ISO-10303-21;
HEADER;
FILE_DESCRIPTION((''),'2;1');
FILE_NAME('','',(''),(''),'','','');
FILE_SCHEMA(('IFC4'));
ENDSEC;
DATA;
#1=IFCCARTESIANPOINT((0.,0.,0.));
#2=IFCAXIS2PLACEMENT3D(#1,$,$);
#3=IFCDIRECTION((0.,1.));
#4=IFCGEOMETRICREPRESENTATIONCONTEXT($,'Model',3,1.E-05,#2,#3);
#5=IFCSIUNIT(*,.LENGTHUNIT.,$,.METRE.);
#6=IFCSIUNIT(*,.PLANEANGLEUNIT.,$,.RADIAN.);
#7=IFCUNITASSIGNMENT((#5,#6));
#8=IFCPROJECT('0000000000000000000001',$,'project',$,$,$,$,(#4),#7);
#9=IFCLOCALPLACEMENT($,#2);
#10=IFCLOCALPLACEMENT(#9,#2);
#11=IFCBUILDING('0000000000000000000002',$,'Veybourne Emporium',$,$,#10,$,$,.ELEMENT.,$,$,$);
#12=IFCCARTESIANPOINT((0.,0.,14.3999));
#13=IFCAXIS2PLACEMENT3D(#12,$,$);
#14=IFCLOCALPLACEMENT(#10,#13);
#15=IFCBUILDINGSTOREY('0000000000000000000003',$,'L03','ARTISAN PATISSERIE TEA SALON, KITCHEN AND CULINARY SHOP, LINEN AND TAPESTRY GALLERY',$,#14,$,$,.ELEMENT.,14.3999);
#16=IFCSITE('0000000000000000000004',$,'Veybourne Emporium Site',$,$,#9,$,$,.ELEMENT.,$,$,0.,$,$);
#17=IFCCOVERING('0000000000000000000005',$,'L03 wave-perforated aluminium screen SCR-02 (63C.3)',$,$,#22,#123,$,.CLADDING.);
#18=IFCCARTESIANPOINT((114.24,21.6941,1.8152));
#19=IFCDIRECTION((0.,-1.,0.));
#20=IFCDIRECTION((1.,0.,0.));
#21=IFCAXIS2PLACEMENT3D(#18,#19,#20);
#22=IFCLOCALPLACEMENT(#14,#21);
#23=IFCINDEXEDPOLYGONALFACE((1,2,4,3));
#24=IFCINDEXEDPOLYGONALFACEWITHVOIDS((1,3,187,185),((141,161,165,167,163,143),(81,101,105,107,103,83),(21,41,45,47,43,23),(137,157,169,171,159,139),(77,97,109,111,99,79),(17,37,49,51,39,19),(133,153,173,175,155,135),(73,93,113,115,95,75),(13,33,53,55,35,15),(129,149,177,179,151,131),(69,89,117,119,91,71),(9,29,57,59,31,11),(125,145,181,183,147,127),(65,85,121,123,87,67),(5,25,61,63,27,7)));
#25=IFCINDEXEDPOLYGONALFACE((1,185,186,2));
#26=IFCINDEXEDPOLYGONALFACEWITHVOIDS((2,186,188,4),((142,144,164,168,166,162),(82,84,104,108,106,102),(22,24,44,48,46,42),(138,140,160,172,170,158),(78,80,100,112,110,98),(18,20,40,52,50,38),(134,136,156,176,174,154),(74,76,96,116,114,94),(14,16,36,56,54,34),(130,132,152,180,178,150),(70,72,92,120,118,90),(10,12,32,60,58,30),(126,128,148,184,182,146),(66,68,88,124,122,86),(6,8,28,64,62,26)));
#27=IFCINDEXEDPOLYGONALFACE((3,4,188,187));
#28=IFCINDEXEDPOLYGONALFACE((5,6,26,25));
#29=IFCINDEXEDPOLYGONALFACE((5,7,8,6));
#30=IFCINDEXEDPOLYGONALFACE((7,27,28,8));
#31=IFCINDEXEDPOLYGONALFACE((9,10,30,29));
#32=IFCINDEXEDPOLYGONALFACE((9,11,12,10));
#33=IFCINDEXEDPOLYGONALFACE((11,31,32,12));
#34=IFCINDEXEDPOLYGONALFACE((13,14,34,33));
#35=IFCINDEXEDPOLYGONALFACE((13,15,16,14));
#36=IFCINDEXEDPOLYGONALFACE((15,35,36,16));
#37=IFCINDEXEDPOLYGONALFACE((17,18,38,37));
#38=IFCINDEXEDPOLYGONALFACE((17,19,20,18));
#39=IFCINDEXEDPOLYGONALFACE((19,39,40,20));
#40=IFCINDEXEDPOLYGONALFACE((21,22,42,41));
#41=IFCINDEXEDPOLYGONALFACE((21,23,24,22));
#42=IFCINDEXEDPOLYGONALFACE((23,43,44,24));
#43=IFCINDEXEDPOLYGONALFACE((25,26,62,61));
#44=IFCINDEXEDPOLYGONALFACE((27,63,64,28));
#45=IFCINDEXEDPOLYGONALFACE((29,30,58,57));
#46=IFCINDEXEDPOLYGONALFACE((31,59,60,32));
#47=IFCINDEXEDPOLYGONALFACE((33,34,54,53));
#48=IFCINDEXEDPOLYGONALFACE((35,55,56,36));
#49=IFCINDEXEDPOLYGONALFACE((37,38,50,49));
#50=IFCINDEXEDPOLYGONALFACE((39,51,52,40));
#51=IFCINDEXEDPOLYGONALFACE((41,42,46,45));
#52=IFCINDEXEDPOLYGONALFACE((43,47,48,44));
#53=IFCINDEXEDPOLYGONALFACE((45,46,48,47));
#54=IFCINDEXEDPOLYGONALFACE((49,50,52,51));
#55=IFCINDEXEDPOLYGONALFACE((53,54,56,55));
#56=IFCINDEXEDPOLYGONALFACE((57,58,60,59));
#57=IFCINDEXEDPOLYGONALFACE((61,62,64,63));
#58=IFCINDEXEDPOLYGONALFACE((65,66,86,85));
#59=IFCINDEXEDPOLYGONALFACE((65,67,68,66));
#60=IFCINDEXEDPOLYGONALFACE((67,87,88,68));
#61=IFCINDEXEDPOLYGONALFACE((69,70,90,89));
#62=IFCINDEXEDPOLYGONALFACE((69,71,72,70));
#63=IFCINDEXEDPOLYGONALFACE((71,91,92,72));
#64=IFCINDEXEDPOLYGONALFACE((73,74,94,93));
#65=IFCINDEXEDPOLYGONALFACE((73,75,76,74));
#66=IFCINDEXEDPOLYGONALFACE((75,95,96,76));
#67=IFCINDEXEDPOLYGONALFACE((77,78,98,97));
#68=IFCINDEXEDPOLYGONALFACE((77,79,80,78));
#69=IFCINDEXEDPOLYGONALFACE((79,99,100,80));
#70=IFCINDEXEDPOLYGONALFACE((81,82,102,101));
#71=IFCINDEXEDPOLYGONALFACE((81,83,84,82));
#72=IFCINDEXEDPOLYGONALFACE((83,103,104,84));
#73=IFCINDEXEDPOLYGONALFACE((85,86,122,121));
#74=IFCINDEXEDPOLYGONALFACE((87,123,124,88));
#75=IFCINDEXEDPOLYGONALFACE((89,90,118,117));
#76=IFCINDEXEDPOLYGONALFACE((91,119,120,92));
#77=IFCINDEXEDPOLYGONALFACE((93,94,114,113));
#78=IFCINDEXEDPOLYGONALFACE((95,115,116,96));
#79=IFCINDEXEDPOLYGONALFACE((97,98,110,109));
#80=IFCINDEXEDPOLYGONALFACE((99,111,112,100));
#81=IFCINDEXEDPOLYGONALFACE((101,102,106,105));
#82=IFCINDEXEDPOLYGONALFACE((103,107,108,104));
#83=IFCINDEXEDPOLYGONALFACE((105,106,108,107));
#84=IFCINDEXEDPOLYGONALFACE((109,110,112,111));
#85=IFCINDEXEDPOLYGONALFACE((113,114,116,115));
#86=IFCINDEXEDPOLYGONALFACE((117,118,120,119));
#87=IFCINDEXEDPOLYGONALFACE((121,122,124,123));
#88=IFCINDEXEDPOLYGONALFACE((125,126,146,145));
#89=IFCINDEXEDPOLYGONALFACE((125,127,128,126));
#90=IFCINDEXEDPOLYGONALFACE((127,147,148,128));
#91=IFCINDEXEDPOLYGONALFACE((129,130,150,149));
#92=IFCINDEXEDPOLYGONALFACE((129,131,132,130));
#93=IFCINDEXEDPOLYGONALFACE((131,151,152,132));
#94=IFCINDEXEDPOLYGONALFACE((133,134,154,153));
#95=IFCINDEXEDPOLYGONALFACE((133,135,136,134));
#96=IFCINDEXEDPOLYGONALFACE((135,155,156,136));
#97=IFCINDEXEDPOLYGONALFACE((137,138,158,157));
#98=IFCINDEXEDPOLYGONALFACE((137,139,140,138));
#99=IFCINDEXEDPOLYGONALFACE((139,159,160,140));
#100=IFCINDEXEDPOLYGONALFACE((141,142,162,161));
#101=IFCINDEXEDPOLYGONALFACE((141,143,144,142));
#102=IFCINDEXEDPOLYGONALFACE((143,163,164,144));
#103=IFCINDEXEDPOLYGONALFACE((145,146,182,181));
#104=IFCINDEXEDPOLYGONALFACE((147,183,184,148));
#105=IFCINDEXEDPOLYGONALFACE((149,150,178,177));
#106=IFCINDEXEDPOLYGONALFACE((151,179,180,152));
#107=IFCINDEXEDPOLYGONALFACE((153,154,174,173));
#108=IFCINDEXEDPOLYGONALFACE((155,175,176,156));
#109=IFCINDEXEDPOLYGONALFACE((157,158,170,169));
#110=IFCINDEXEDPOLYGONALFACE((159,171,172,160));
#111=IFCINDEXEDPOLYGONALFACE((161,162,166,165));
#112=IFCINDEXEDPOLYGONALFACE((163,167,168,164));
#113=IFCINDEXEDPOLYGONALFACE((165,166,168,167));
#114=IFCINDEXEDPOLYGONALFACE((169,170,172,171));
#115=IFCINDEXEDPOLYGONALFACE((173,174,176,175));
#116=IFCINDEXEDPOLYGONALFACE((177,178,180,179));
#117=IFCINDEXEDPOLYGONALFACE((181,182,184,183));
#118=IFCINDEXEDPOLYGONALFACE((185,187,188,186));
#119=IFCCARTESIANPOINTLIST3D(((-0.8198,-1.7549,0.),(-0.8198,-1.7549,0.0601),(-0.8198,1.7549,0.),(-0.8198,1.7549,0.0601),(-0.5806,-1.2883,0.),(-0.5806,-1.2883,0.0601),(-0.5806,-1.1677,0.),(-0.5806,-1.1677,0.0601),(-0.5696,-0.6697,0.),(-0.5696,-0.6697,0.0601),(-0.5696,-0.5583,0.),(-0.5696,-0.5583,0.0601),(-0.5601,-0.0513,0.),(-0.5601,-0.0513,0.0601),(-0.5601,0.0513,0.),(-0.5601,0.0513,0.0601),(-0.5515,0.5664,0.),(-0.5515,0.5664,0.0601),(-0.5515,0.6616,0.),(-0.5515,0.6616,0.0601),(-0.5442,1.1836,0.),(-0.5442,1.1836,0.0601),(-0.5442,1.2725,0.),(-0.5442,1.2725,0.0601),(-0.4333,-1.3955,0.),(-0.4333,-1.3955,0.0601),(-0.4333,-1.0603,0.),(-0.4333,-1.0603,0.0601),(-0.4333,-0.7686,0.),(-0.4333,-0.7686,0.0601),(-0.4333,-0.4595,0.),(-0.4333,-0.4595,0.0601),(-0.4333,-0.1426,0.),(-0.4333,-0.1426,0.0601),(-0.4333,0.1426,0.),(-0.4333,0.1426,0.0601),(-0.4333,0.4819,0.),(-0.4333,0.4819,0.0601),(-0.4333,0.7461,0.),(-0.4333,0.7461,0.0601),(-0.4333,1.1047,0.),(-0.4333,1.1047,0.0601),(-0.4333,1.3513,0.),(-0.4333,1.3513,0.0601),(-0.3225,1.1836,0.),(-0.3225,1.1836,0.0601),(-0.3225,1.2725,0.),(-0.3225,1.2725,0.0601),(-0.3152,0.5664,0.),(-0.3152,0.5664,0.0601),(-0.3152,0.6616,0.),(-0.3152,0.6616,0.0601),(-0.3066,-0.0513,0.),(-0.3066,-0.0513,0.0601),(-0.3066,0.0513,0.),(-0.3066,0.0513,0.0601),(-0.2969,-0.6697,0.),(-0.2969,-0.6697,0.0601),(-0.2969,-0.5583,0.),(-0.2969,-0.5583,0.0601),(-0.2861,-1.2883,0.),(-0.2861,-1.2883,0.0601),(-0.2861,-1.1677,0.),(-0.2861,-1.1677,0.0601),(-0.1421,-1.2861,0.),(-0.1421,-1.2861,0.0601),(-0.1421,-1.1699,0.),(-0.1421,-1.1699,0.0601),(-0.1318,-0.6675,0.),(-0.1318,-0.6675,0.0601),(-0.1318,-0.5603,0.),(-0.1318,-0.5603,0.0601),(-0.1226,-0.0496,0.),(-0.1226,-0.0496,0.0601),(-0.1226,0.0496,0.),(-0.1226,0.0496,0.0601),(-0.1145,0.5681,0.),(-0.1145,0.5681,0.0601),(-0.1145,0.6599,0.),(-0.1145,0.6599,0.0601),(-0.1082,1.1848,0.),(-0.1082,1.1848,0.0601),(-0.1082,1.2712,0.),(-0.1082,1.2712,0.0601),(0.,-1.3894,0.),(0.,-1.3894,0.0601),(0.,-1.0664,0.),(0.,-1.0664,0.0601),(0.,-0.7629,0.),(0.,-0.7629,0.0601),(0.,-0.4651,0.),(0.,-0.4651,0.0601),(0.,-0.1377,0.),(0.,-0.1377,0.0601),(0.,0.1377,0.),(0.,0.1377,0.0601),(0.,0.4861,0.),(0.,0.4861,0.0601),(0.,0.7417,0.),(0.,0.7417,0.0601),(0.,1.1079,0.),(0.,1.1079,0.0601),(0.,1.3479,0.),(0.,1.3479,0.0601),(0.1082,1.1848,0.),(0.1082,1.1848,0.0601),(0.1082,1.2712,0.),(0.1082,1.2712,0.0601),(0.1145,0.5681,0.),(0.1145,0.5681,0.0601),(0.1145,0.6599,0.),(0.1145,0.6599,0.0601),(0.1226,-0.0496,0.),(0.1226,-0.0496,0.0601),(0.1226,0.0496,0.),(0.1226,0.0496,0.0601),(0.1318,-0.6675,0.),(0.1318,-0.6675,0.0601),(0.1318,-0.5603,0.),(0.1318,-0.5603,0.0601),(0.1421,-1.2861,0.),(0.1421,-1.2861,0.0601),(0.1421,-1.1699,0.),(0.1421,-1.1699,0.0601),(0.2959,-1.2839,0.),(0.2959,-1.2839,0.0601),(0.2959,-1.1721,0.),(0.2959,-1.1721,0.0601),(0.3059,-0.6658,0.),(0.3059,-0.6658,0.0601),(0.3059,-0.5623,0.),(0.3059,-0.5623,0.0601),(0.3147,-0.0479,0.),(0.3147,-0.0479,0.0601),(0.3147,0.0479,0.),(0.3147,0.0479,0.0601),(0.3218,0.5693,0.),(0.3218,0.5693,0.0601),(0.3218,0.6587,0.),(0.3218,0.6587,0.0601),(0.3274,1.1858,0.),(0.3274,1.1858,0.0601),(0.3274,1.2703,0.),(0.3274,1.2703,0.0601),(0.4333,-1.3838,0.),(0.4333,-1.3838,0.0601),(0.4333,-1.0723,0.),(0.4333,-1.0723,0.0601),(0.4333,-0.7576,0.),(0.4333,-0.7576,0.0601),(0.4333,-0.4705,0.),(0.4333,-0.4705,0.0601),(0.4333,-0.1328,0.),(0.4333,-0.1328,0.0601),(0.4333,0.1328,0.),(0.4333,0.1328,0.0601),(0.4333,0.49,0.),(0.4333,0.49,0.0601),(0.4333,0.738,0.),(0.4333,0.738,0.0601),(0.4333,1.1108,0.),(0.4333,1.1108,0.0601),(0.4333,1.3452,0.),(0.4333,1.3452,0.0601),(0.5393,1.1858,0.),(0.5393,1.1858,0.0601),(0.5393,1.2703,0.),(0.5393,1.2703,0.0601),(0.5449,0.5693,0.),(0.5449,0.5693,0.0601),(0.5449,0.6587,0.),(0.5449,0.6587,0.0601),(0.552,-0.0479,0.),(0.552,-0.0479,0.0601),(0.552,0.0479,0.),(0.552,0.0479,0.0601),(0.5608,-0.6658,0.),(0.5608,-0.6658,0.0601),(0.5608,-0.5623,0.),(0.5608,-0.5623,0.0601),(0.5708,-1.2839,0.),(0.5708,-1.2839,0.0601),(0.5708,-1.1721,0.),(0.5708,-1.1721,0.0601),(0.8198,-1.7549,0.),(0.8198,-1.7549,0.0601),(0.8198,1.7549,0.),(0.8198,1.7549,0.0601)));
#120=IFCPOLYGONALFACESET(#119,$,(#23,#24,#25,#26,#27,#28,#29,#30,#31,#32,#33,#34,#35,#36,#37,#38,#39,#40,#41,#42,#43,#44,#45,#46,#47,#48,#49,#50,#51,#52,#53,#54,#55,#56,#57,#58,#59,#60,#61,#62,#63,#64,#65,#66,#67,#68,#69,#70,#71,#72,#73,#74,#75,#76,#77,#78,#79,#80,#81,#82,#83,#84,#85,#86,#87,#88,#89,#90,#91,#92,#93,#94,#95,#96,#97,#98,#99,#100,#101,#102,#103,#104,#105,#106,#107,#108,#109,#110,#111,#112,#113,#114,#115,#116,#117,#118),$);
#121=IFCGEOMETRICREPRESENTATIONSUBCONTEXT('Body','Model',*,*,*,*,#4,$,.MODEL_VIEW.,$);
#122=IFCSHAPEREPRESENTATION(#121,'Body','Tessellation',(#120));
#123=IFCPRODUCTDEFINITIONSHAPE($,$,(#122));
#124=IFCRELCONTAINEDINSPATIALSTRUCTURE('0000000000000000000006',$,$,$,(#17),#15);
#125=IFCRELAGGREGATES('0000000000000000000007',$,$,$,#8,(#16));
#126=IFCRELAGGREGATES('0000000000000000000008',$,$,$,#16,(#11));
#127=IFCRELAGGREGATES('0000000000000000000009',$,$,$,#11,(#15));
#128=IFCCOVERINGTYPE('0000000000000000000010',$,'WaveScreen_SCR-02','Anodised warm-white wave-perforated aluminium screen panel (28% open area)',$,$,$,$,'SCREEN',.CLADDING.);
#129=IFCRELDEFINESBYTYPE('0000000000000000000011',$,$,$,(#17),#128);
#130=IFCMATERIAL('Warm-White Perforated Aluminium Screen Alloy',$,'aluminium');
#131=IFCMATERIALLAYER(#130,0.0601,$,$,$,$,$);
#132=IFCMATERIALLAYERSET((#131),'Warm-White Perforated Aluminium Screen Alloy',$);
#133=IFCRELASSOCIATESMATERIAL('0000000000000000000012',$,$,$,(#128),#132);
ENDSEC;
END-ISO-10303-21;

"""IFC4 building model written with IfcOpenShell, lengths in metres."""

from ifc_helpers import new_model, si_unit, direction, frame, origin, place, context, subcontext, project, spatial, polyline, outline, extrude, material, layer, layer_set, type_object, element, save


model = new_model("IFC4")

# Units and contexts
model_context = context("Model", 3, precision=1e-05, world=origin(), true_north=direction((0.0, 1.0)))
body_context = subcontext(model_context, "Body", "Model", "MODEL_VIEW")
ifc_project = project(units=[si_unit("LENGTHUNIT", "METRE"), si_unit("PLANEANGLEUNIT", "RADIAN")], contexts=[model_context])

# Site, building, storey
site_placement = place(None, origin())
site = spatial("IfcSite", under=ifc_project, at=site_placement, Name="Veybourne Emporium Site", CompositionType="ELEMENT", RefElevation=0.0)
building_placement = place(site_placement, origin())
building = spatial("IfcBuilding", under=site, at=building_placement, Name="Veybourne Emporium", CompositionType="ELEMENT")
storey_placement = place(building_placement, frame((0.0, 0.0, 14.3999)))
storey = spatial("IfcBuildingStorey", under=building, at=storey_placement, Name="L03", Description="ARTISAN PATISSERIE TEA SALON, KITCHEN AND CULINARY SHOP, LINEN AND TAPESTRY GALLERY", CompositionType="ELEMENT", Elevation=14.3999)

# Covering
ifc_material_1 = material(Name="Warm-White Perforated Aluminium Screen Alloy", Category="aluminium")
ifc_layer_1 = layer(ifc_material_1, 0.0601)
ifc_layer_set_1 = layer_set([ifc_layer_1], Name="Warm-White Perforated Aluminium Screen Alloy")
covering_type_1 = type_object("IfcCoveringType", Name="WaveScreen_SCR-02", Description="Anodised warm-white wave-perforated aluminium screen panel (28% open area)", ElementType="SCREEN", PredefinedType="CLADDING", material=ifc_layer_set_1)
covering_1_placement = place(storey_placement, frame((114.24, 21.6941, 1.8152), z_axis=(0.0, -1.0, 0.0), x_axis=(1.0, 0.0, 0.0)))
element("IfcCovering", 1, at=covering_1_placement, inside=storey, type_object=covering_type_1, Name="L03 wave-perforated aluminium screen SCR-02 (63C.3)", PredefinedType="CLADDING", context=body_context, shape_type="SweptSolid", body=[
    extrude(outline(polyline([(-0.8198, -1.7549), (0.8198, -1.7549), (0.8198, 1.7549), (-0.8198, 1.7549), (-0.8198, -1.7549)]), holes=[polyline([(-0.4333, -1.0603), (-0.2861, -1.1677), (-0.2861, -1.2883), (-0.4333, -1.3955), (-0.5806, -1.2883), (-0.5806, -1.1677), (-0.4333, -1.0603)]), polyline([(-0.4333, -0.4595), (-0.2969, -0.5583), (-0.2969, -0.6697), (-0.4333, -0.7686), (-0.5696, -0.6697), (-0.5696, -0.5583), (-0.4333, -0.4595)]), polyline([(-0.4333, 0.1426), (-0.3066, 0.0513), (-0.3066, -0.0513), (-0.4333, -0.1426), (-0.5601, -0.0513), (-0.5601, 0.0513), (-0.4333, 0.1426)]), polyline([(-0.4333, 0.7461), (-0.3152, 0.6616), (-0.3152, 0.5664), (-0.4333, 0.4819), (-0.5515, 0.5664), (-0.5515, 0.6616), (-0.4333, 0.7461)]), polyline([(-0.4333, 1.3513), (-0.3225, 1.2725), (-0.3225, 1.1836), (-0.4333, 1.1047), (-0.5442, 1.1836), (-0.5442, 1.2725), (-0.4333, 1.3513)]), polyline([(0.0, -1.0664), (0.1421, -1.1699), (0.1421, -1.2861), (0.0, -1.3894), (-0.1421, -1.2861), (-0.1421, -1.1699), (0.0, -1.0664)]), polyline([(0.0, -0.4651), (0.1318, -0.5603), (0.1318, -0.6675), (0.0, -0.7629), (-0.1318, -0.6675), (-0.1318, -0.5603), (0.0, -0.4651)]), polyline([(0.0, 0.1377), (0.1226, 0.0496), (0.1226, -0.0496), (0.0, -0.1377), (-0.1226, -0.0496), (-0.1226, 0.0496), (0.0, 0.1377)]), polyline([(0.0, 0.7417), (0.1145, 0.6599), (0.1145, 0.5681), (0.0, 0.4861), (-0.1145, 0.5681), (-0.1145, 0.6599), (0.0, 0.7417)]), polyline([(0.0, 1.3479), (0.1082, 1.2712), (0.1082, 1.1848), (0.0, 1.1079), (-0.1082, 1.1848), (-0.1082, 1.2712), (0.0, 1.3479)]), polyline([(0.4333, -1.0723), (0.5708, -1.1721), (0.5708, -1.2839), (0.4333, -1.3838), (0.2959, -1.2839), (0.2959, -1.1721), (0.4333, -1.0723)]), polyline([(0.4333, -0.4705), (0.5608, -0.5623), (0.5608, -0.6658), (0.4333, -0.7576), (0.3059, -0.6658), (0.3059, -0.5623), (0.4333, -0.4705)]), polyline([(0.4333, 0.1328), (0.552, 0.0479), (0.552, -0.0479), (0.4333, -0.1328), (0.3147, -0.0479), (0.3147, 0.0479), (0.4333, 0.1328)]), polyline([(0.4333, 0.738), (0.5449, 0.6587), (0.5449, 0.5693), (0.4333, 0.49), (0.3218, 0.5693), (0.3218, 0.6587), (0.4333, 0.738)]), polyline([(0.4333, 1.3452), (0.5393, 1.2703), (0.5393, 1.1858), (0.4333, 1.1108), (0.3274, 1.1858), (0.3274, 1.2703), (0.4333, 1.3452)])]), origin(), (0.0, 0.0, 1.0), 0.0601),
])

save(model, "model.ifc")
